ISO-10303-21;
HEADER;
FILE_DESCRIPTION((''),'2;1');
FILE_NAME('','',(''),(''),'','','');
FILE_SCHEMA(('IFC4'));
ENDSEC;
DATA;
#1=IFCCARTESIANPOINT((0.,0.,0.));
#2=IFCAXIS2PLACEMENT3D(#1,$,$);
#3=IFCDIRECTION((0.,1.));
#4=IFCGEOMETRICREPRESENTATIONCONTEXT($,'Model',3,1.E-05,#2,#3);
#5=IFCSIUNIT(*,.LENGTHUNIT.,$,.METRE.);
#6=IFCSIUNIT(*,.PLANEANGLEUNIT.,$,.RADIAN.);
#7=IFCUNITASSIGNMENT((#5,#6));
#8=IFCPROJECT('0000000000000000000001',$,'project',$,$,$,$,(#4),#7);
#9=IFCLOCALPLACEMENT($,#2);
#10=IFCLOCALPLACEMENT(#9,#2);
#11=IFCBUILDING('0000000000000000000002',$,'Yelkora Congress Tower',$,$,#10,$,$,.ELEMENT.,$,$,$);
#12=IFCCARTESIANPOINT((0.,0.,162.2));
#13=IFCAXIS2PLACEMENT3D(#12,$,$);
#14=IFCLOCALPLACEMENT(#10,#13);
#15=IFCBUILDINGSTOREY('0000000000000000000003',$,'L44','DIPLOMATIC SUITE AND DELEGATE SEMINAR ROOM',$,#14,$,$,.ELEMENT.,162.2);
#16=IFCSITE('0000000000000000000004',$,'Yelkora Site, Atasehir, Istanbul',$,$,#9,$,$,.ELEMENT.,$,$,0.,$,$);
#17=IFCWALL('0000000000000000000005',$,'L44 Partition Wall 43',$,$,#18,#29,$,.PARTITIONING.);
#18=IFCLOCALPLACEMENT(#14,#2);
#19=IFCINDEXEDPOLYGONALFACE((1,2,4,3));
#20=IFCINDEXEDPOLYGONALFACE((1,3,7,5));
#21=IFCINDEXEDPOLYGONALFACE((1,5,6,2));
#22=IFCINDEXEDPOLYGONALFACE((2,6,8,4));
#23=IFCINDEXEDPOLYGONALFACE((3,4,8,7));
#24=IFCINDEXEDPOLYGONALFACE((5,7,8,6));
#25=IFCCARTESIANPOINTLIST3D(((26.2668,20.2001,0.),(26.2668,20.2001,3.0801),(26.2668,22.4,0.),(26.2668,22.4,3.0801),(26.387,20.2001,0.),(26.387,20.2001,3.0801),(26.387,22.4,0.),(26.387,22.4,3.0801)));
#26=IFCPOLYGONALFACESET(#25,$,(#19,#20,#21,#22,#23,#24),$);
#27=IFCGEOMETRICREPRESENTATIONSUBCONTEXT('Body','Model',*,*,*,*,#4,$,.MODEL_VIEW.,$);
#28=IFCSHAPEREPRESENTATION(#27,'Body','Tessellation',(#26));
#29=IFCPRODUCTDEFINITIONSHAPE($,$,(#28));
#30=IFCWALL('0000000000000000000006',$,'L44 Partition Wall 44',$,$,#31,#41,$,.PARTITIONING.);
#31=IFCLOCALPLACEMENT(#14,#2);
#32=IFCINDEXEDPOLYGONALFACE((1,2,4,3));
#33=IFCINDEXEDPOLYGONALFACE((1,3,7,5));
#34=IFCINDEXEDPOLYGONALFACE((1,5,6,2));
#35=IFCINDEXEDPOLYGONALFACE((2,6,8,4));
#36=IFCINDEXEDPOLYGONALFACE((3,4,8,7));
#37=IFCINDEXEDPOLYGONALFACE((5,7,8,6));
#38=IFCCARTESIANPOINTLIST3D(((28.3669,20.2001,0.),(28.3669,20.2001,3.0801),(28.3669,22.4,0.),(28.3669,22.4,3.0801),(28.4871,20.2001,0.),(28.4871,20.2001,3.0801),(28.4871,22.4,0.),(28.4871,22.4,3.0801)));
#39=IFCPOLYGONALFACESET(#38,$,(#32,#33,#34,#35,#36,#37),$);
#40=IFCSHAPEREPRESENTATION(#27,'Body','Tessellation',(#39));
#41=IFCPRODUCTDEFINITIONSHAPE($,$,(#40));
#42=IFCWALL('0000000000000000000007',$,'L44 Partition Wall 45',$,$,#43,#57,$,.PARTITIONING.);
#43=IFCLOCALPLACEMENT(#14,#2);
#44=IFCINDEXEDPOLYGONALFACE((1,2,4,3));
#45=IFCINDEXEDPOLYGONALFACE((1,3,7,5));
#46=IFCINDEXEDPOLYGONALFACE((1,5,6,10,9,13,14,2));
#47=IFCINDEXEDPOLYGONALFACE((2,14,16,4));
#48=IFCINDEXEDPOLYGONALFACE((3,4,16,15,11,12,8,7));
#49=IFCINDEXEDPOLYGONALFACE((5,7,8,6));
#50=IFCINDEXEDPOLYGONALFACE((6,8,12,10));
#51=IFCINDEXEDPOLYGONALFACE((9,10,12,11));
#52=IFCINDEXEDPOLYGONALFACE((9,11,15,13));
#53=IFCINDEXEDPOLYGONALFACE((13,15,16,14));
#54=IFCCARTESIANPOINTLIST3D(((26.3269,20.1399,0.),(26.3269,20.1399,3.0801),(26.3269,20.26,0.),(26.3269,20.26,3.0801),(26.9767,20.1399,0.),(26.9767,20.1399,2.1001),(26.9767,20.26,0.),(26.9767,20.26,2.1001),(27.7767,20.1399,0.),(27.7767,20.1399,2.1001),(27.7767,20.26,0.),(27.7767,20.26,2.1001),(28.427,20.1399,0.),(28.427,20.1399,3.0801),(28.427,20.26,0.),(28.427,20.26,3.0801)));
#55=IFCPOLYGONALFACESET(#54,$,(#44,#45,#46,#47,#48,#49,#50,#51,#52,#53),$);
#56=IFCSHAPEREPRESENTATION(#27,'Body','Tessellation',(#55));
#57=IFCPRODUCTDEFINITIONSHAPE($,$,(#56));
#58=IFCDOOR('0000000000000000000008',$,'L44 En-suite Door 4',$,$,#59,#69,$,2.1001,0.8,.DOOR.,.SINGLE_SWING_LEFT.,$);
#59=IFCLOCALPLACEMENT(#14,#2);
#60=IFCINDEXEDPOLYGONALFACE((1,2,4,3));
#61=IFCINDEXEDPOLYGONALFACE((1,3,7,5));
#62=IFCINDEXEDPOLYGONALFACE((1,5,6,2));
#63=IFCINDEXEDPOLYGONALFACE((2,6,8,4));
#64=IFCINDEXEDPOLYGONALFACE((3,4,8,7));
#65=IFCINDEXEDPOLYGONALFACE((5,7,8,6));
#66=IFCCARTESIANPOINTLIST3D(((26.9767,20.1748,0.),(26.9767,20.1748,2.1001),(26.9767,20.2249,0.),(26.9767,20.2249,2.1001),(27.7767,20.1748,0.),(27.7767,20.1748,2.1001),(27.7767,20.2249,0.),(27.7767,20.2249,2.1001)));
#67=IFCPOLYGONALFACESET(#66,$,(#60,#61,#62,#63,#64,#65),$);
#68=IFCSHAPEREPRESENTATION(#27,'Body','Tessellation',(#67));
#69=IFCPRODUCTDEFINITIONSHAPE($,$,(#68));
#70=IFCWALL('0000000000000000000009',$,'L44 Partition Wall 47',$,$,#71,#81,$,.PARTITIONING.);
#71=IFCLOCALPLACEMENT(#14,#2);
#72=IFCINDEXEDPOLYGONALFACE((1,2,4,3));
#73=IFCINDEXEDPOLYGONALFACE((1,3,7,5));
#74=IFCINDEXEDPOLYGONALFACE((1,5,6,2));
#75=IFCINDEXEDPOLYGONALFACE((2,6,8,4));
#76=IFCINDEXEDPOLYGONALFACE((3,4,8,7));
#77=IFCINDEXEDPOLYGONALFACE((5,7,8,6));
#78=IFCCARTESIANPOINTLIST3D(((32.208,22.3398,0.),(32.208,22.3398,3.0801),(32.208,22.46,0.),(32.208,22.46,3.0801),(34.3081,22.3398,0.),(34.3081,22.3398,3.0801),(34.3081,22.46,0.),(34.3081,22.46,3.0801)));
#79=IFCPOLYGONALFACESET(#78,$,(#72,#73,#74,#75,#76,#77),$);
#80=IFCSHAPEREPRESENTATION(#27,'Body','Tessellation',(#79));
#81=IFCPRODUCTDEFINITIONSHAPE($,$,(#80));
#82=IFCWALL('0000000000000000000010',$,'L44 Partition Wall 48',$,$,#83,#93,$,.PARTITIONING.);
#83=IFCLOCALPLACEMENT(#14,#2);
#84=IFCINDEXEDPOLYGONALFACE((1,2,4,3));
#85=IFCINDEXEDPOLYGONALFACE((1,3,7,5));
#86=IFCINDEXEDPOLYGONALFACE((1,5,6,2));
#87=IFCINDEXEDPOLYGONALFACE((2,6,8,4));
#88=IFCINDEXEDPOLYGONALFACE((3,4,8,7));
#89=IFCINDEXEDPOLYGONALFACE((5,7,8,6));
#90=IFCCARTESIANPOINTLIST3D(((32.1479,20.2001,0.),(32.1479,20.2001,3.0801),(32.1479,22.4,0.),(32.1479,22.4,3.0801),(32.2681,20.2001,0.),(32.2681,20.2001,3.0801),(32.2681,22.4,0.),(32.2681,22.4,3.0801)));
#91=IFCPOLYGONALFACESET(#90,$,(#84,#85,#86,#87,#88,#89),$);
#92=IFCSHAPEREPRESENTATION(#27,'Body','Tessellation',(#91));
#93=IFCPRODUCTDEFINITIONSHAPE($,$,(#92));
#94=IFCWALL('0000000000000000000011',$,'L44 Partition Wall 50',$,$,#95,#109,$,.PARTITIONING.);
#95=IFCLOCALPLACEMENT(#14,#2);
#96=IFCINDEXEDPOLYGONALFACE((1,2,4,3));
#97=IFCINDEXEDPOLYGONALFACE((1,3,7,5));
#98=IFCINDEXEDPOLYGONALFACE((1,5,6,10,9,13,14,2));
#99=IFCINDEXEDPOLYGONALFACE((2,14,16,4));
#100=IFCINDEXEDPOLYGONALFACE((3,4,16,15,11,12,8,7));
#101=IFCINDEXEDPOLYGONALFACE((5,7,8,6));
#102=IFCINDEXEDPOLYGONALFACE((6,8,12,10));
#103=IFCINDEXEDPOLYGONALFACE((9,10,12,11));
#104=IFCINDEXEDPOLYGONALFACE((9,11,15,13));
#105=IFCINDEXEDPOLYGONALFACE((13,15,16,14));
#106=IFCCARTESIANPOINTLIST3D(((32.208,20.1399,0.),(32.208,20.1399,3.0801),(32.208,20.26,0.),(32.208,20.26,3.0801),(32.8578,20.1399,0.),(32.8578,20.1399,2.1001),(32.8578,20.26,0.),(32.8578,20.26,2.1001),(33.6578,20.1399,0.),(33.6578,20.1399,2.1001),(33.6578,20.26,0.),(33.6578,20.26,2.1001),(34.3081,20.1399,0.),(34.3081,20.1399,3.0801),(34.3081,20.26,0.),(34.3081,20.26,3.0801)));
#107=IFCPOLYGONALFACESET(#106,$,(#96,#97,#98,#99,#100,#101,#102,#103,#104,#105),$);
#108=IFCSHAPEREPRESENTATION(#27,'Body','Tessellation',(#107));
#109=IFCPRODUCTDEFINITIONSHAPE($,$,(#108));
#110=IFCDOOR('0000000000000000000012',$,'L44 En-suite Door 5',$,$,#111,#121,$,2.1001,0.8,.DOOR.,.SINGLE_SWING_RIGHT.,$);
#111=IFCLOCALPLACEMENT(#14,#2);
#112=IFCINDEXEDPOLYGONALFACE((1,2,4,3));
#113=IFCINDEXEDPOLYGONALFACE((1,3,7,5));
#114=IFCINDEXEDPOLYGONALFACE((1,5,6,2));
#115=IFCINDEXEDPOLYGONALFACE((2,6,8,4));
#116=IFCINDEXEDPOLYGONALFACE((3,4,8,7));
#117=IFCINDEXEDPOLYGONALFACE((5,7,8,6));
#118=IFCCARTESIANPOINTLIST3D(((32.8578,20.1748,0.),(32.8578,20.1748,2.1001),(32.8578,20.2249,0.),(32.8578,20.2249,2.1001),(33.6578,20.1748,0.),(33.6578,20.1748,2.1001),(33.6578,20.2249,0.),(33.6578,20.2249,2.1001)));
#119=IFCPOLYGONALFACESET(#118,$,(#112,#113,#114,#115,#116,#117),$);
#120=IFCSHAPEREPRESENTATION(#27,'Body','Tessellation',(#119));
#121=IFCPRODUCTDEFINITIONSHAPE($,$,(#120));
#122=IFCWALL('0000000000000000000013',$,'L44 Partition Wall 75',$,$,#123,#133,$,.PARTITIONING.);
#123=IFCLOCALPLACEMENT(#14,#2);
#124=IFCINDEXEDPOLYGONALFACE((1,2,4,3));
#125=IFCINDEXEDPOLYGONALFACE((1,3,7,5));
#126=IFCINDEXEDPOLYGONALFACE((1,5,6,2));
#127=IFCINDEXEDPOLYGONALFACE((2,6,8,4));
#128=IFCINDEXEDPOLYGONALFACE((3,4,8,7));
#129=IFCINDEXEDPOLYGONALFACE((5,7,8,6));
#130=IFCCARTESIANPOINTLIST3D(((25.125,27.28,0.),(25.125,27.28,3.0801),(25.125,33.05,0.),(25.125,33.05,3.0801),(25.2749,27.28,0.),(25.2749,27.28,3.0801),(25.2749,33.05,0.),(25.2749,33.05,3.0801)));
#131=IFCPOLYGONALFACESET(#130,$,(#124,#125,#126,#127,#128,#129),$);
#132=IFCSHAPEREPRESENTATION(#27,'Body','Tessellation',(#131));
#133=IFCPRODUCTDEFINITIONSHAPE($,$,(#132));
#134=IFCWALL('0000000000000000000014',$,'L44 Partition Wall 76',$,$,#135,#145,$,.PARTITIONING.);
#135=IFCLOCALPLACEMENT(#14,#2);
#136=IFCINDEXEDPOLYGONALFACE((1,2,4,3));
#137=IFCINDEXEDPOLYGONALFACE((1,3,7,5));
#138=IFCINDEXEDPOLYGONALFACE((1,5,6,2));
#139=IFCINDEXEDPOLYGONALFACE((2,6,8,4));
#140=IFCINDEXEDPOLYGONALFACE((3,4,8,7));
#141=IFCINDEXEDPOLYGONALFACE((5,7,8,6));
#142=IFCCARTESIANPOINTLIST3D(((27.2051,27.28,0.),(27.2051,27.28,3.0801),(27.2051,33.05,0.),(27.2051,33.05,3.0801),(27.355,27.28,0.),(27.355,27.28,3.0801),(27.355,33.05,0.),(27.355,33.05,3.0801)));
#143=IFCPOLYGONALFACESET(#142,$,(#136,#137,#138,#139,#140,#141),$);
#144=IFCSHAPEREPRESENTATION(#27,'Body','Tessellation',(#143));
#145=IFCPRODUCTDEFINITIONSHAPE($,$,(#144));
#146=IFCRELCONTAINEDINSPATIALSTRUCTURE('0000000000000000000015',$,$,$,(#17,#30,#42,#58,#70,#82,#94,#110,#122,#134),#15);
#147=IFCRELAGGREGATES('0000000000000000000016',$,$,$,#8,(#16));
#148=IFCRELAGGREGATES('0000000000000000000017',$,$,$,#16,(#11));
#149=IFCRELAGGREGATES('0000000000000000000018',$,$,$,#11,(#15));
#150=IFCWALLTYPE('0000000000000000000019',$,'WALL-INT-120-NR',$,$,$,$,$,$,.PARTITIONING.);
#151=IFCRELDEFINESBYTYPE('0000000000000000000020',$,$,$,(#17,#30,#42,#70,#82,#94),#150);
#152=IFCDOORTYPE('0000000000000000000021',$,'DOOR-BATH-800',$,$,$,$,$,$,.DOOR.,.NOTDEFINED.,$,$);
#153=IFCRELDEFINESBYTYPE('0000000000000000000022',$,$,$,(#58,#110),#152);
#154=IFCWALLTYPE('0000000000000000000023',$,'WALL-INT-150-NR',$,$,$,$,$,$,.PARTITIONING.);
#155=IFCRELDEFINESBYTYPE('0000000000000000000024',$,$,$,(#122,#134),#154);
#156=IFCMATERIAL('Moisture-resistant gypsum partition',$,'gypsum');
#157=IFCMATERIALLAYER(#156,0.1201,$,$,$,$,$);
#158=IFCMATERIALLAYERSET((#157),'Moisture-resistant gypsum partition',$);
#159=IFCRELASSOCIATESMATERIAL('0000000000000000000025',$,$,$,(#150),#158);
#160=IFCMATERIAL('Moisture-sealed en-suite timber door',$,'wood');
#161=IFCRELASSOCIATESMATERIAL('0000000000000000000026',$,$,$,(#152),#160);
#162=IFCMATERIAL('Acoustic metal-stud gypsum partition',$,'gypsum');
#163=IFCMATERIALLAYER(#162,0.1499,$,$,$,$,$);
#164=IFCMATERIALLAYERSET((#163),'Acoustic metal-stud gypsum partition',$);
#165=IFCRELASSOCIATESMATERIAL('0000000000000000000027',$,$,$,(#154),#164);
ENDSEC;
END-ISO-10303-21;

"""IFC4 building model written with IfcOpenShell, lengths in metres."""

from ifc_helpers import new_model, si_unit, direction, frame, frame_2d, origin, place, context, subcontext, project, spatial, rectangle, extrude, material, layer, layer_set, type_object, element, fill, save


model = new_model("IFC4")

# Units and contexts
model_context = context("Model", 3, precision=1e-05, world=origin(), true_north=direction((0.0, 1.0)))
body_context = subcontext(model_context, "Body", "Model", "MODEL_VIEW")
ifc_project = project(units=[si_unit("LENGTHUNIT", "METRE"), si_unit("PLANEANGLEUNIT", "RADIAN")], contexts=[model_context])

# Site, building, storey
site_placement = place(None, origin())
site = spatial("IfcSite", under=ifc_project, at=site_placement, Name="Yelkora Site, Atasehir, Istanbul", CompositionType="ELEMENT", RefElevation=0.0)
building_placement = place(site_placement, origin())
building = spatial("IfcBuilding", under=site, at=building_placement, Name="Yelkora Congress Tower", CompositionType="ELEMENT")
storey_placement = place(building_placement, frame((0.0, 0.0, 162.2)))
storey = spatial("IfcBuildingStorey", under=building, at=storey_placement, Name="L44", Description="DIPLOMATIC SUITE AND DELEGATE SEMINAR ROOM", CompositionType="ELEMENT", Elevation=162.2)

# Walls
ifc_material_1 = material(Name="Moisture-resistant gypsum partition", Category="gypsum")
ifc_layer_1 = layer(ifc_material_1, 0.1201)
ifc_layer_set_1 = layer_set([ifc_layer_1], Name="Moisture-resistant gypsum partition")
wall_type_1 = type_object("IfcWallType", Name="WALL-INT-120-NR", PredefinedType="PARTITIONING", material=ifc_layer_set_1)
for number, where, z_axis, x_axis, name in (
    (1, (26.3269, 20.2, 0.0), (0.0, 0.0, 1.0), (0.0, 1.0, 0.0), "L44 Partition Wall 43"),
    (2, (28.427, 20.2, 0.0), (0.0, 0.0, 1.0), (0.0, 1.0, 0.0), "L44 Partition Wall 44"),
):
    element("IfcWall", number, at=place(storey_placement, frame(where, z_axis=z_axis, x_axis=x_axis)), inside=storey, type_object=wall_type_1, Name=name, PredefinedType="PARTITIONING", context=body_context, shape_type="SweptSolid", body=[
        extrude(rectangle(XDim=2.2, YDim=0.1201, at=frame_2d((1.1001, 0.0))), origin(), (0.0, 0.0, 1.0), 3.0801),
    ])

# Wall, opening, door
wall_1_placement = place(storey_placement, frame((26.3269, 20.2, 0.0), z_axis=(0.0, 0.0, 1.0), x_axis=(1.0, 0.0, 0.0)))
wall_1 = element("IfcWall", 3, at=wall_1_placement, inside=storey, type_object=wall_type_1, Name="L44 Partition Wall 45", PredefinedType="PARTITIONING", context=body_context, shape_type="SweptSolid", body=[
    extrude(rectangle(XDim=2.1001, YDim=0.1201, at=frame_2d((1.05, 0.0))), origin(), (0.0, 0.0, 1.0), 3.0801),
])
opening_1_placement = place(wall_1_placement, frame((0.6499, 0.0, 0.0)))
opening_1 = element("IfcOpeningElement", 4, at=opening_1_placement, cuts=wall_1, PredefinedType="OPENING", context=body_context, shape_type="SweptSolid", body=[
    extrude(rectangle(XDim=0.8, YDim=2.1001, at=frame_2d((0.3999, 1.05))), frame((0.0, 0.0701, 0.0), z_axis=(0.0, -1.0, 0.0), x_axis=(1.0, 0.0, 0.0)), (0.0, 0.0, 1.0), 0.1401),
])
ifc_material_2 = material(Name="Moisture-sealed en-suite timber door", Category="wood")
door_type_1 = type_object("IfcDoorType", Name="DOOR-BATH-800", OperationType="NOTDEFINED", PredefinedType="DOOR", material=ifc_material_2)
door_1_placement = place(opening_1_placement, origin())
door_1 = element("IfcDoor", 5, at=door_1_placement, inside=storey, type_object=door_type_1, Name="L44 En-suite Door 4", OperationType="SINGLE_SWING_LEFT", OverallHeight=2.1001, OverallWidth=0.8, PredefinedType="DOOR", context=body_context, shape_type="SweptSolid", body=[
    extrude(rectangle(XDim=0.8, YDim=2.1001, at=frame_2d((0.3999, 1.05))), frame((0.0, 0.0249, 0.0), z_axis=(0.0, -1.0, 0.0), x_axis=(1.0, 0.0, 0.0)), (0.0, 0.0, 1.0), 0.05),
])
fill(opening_1, door_1)

# Walls
wall_2_placement = place(storey_placement, frame((32.208, 22.3999, 0.0), z_axis=(0.0, 0.0, 1.0), x_axis=(1.0, 0.0, 0.0)))
element("IfcWall", 6, at=wall_2_placement, inside=storey, type_object=wall_type_1, Name="L44 Partition Wall 47", PredefinedType="PARTITIONING", context=body_context, shape_type="SweptSolid", body=[
    extrude(rectangle(XDim=2.1001, YDim=0.1201, at=frame_2d((1.05, 0.0))), origin(), (0.0, 0.0, 1.0), 3.0801),
])
wall_3_placement = place(storey_placement, frame((32.208, 20.2, 0.0), z_axis=(0.0, 0.0, 1.0), x_axis=(0.0, 1.0, 0.0)))
element("IfcWall", 7, at=wall_3_placement, inside=storey, type_object=wall_type_1, Name="L44 Partition Wall 48", PredefinedType="PARTITIONING", context=body_context, shape_type="SweptSolid", body=[
    extrude(rectangle(XDim=2.2, YDim=0.1201, at=frame_2d((1.1001, 0.0))), origin(), (0.0, 0.0, 1.0), 3.0801),
])

# Wall, opening, door
wall_4_placement = place(storey_placement, frame((32.208, 20.2, 0.0), z_axis=(0.0, 0.0, 1.0), x_axis=(1.0, 0.0, 0.0)))
wall_4 = element("IfcWall", 8, at=wall_4_placement, inside=storey, type_object=wall_type_1, Name="L44 Partition Wall 50", PredefinedType="PARTITIONING", context=body_context, shape_type="SweptSolid", body=[
    extrude(rectangle(XDim=2.1001, YDim=0.1201, at=frame_2d((1.05, 0.0))), origin(), (0.0, 0.0, 1.0), 3.0801),
])
opening_2_placement = place(wall_4_placement, frame((0.6499, 0.0, 0.0)))
opening_2 = element("IfcOpeningElement", 9, at=opening_2_placement, cuts=wall_4, PredefinedType="OPENING", context=body_context, shape_type="SweptSolid", body=[
    extrude(rectangle(XDim=0.8, YDim=2.1001, at=frame_2d((0.3999, 1.05))), frame((0.0, 0.0701, 0.0), z_axis=(0.0, -1.0, 0.0), x_axis=(1.0, 0.0, 0.0)), (0.0, 0.0, 1.0), 0.1401),
])
door_2_placement = place(opening_2_placement, origin())
door_2 = element("IfcDoor", 10, at=door_2_placement, inside=storey, type_object=door_type_1, Name="L44 En-suite Door 5", OperationType="SINGLE_SWING_RIGHT", OverallHeight=2.1001, OverallWidth=0.8, PredefinedType="DOOR", context=body_context, shape_type="SweptSolid", body=[
    extrude(rectangle(XDim=0.8, YDim=2.1001, at=frame_2d((0.3999, 1.05))), frame((0.0, 0.0249, 0.0), z_axis=(0.0, -1.0, 0.0), x_axis=(1.0, 0.0, 0.0)), (0.0, 0.0, 1.0), 0.05),
])
fill(opening_2, door_2)

# Walls
ifc_material_3 = material(Name="Acoustic metal-stud gypsum partition", Category="gypsum")
ifc_layer_2 = layer(ifc_material_3, 0.1499)
ifc_layer_set_2 = layer_set([ifc_layer_2], Name="Acoustic metal-stud gypsum partition")
wall_type_2 = type_object("IfcWallType", Name="WALL-INT-150-NR", PredefinedType="PARTITIONING", material=ifc_layer_set_2)
for number, where, z_axis, x_axis, name in (
    (11, (25.2, 27.28, 0.0), (0.0, 0.0, 1.0), (0.0, 1.0, 0.0), "L44 Partition Wall 75"),
    (12, (27.28, 27.28, 0.0), (0.0, 0.0, 1.0), (0.0, 1.0, 0.0), "L44 Partition Wall 76"),
):
    element("IfcWall", number, at=place(storey_placement, frame(where, z_axis=z_axis, x_axis=x_axis)), inside=storey, type_object=wall_type_2, Name=name, PredefinedType="PARTITIONING", context=body_context, shape_type="SweptSolid", body=[
        extrude(rectangle(XDim=5.77, YDim=0.1499, at=frame_2d((2.885, 0.0))), origin(), (0.0, 0.0, 1.0), 3.0801),
    ])

save(model, "model.ifc")
